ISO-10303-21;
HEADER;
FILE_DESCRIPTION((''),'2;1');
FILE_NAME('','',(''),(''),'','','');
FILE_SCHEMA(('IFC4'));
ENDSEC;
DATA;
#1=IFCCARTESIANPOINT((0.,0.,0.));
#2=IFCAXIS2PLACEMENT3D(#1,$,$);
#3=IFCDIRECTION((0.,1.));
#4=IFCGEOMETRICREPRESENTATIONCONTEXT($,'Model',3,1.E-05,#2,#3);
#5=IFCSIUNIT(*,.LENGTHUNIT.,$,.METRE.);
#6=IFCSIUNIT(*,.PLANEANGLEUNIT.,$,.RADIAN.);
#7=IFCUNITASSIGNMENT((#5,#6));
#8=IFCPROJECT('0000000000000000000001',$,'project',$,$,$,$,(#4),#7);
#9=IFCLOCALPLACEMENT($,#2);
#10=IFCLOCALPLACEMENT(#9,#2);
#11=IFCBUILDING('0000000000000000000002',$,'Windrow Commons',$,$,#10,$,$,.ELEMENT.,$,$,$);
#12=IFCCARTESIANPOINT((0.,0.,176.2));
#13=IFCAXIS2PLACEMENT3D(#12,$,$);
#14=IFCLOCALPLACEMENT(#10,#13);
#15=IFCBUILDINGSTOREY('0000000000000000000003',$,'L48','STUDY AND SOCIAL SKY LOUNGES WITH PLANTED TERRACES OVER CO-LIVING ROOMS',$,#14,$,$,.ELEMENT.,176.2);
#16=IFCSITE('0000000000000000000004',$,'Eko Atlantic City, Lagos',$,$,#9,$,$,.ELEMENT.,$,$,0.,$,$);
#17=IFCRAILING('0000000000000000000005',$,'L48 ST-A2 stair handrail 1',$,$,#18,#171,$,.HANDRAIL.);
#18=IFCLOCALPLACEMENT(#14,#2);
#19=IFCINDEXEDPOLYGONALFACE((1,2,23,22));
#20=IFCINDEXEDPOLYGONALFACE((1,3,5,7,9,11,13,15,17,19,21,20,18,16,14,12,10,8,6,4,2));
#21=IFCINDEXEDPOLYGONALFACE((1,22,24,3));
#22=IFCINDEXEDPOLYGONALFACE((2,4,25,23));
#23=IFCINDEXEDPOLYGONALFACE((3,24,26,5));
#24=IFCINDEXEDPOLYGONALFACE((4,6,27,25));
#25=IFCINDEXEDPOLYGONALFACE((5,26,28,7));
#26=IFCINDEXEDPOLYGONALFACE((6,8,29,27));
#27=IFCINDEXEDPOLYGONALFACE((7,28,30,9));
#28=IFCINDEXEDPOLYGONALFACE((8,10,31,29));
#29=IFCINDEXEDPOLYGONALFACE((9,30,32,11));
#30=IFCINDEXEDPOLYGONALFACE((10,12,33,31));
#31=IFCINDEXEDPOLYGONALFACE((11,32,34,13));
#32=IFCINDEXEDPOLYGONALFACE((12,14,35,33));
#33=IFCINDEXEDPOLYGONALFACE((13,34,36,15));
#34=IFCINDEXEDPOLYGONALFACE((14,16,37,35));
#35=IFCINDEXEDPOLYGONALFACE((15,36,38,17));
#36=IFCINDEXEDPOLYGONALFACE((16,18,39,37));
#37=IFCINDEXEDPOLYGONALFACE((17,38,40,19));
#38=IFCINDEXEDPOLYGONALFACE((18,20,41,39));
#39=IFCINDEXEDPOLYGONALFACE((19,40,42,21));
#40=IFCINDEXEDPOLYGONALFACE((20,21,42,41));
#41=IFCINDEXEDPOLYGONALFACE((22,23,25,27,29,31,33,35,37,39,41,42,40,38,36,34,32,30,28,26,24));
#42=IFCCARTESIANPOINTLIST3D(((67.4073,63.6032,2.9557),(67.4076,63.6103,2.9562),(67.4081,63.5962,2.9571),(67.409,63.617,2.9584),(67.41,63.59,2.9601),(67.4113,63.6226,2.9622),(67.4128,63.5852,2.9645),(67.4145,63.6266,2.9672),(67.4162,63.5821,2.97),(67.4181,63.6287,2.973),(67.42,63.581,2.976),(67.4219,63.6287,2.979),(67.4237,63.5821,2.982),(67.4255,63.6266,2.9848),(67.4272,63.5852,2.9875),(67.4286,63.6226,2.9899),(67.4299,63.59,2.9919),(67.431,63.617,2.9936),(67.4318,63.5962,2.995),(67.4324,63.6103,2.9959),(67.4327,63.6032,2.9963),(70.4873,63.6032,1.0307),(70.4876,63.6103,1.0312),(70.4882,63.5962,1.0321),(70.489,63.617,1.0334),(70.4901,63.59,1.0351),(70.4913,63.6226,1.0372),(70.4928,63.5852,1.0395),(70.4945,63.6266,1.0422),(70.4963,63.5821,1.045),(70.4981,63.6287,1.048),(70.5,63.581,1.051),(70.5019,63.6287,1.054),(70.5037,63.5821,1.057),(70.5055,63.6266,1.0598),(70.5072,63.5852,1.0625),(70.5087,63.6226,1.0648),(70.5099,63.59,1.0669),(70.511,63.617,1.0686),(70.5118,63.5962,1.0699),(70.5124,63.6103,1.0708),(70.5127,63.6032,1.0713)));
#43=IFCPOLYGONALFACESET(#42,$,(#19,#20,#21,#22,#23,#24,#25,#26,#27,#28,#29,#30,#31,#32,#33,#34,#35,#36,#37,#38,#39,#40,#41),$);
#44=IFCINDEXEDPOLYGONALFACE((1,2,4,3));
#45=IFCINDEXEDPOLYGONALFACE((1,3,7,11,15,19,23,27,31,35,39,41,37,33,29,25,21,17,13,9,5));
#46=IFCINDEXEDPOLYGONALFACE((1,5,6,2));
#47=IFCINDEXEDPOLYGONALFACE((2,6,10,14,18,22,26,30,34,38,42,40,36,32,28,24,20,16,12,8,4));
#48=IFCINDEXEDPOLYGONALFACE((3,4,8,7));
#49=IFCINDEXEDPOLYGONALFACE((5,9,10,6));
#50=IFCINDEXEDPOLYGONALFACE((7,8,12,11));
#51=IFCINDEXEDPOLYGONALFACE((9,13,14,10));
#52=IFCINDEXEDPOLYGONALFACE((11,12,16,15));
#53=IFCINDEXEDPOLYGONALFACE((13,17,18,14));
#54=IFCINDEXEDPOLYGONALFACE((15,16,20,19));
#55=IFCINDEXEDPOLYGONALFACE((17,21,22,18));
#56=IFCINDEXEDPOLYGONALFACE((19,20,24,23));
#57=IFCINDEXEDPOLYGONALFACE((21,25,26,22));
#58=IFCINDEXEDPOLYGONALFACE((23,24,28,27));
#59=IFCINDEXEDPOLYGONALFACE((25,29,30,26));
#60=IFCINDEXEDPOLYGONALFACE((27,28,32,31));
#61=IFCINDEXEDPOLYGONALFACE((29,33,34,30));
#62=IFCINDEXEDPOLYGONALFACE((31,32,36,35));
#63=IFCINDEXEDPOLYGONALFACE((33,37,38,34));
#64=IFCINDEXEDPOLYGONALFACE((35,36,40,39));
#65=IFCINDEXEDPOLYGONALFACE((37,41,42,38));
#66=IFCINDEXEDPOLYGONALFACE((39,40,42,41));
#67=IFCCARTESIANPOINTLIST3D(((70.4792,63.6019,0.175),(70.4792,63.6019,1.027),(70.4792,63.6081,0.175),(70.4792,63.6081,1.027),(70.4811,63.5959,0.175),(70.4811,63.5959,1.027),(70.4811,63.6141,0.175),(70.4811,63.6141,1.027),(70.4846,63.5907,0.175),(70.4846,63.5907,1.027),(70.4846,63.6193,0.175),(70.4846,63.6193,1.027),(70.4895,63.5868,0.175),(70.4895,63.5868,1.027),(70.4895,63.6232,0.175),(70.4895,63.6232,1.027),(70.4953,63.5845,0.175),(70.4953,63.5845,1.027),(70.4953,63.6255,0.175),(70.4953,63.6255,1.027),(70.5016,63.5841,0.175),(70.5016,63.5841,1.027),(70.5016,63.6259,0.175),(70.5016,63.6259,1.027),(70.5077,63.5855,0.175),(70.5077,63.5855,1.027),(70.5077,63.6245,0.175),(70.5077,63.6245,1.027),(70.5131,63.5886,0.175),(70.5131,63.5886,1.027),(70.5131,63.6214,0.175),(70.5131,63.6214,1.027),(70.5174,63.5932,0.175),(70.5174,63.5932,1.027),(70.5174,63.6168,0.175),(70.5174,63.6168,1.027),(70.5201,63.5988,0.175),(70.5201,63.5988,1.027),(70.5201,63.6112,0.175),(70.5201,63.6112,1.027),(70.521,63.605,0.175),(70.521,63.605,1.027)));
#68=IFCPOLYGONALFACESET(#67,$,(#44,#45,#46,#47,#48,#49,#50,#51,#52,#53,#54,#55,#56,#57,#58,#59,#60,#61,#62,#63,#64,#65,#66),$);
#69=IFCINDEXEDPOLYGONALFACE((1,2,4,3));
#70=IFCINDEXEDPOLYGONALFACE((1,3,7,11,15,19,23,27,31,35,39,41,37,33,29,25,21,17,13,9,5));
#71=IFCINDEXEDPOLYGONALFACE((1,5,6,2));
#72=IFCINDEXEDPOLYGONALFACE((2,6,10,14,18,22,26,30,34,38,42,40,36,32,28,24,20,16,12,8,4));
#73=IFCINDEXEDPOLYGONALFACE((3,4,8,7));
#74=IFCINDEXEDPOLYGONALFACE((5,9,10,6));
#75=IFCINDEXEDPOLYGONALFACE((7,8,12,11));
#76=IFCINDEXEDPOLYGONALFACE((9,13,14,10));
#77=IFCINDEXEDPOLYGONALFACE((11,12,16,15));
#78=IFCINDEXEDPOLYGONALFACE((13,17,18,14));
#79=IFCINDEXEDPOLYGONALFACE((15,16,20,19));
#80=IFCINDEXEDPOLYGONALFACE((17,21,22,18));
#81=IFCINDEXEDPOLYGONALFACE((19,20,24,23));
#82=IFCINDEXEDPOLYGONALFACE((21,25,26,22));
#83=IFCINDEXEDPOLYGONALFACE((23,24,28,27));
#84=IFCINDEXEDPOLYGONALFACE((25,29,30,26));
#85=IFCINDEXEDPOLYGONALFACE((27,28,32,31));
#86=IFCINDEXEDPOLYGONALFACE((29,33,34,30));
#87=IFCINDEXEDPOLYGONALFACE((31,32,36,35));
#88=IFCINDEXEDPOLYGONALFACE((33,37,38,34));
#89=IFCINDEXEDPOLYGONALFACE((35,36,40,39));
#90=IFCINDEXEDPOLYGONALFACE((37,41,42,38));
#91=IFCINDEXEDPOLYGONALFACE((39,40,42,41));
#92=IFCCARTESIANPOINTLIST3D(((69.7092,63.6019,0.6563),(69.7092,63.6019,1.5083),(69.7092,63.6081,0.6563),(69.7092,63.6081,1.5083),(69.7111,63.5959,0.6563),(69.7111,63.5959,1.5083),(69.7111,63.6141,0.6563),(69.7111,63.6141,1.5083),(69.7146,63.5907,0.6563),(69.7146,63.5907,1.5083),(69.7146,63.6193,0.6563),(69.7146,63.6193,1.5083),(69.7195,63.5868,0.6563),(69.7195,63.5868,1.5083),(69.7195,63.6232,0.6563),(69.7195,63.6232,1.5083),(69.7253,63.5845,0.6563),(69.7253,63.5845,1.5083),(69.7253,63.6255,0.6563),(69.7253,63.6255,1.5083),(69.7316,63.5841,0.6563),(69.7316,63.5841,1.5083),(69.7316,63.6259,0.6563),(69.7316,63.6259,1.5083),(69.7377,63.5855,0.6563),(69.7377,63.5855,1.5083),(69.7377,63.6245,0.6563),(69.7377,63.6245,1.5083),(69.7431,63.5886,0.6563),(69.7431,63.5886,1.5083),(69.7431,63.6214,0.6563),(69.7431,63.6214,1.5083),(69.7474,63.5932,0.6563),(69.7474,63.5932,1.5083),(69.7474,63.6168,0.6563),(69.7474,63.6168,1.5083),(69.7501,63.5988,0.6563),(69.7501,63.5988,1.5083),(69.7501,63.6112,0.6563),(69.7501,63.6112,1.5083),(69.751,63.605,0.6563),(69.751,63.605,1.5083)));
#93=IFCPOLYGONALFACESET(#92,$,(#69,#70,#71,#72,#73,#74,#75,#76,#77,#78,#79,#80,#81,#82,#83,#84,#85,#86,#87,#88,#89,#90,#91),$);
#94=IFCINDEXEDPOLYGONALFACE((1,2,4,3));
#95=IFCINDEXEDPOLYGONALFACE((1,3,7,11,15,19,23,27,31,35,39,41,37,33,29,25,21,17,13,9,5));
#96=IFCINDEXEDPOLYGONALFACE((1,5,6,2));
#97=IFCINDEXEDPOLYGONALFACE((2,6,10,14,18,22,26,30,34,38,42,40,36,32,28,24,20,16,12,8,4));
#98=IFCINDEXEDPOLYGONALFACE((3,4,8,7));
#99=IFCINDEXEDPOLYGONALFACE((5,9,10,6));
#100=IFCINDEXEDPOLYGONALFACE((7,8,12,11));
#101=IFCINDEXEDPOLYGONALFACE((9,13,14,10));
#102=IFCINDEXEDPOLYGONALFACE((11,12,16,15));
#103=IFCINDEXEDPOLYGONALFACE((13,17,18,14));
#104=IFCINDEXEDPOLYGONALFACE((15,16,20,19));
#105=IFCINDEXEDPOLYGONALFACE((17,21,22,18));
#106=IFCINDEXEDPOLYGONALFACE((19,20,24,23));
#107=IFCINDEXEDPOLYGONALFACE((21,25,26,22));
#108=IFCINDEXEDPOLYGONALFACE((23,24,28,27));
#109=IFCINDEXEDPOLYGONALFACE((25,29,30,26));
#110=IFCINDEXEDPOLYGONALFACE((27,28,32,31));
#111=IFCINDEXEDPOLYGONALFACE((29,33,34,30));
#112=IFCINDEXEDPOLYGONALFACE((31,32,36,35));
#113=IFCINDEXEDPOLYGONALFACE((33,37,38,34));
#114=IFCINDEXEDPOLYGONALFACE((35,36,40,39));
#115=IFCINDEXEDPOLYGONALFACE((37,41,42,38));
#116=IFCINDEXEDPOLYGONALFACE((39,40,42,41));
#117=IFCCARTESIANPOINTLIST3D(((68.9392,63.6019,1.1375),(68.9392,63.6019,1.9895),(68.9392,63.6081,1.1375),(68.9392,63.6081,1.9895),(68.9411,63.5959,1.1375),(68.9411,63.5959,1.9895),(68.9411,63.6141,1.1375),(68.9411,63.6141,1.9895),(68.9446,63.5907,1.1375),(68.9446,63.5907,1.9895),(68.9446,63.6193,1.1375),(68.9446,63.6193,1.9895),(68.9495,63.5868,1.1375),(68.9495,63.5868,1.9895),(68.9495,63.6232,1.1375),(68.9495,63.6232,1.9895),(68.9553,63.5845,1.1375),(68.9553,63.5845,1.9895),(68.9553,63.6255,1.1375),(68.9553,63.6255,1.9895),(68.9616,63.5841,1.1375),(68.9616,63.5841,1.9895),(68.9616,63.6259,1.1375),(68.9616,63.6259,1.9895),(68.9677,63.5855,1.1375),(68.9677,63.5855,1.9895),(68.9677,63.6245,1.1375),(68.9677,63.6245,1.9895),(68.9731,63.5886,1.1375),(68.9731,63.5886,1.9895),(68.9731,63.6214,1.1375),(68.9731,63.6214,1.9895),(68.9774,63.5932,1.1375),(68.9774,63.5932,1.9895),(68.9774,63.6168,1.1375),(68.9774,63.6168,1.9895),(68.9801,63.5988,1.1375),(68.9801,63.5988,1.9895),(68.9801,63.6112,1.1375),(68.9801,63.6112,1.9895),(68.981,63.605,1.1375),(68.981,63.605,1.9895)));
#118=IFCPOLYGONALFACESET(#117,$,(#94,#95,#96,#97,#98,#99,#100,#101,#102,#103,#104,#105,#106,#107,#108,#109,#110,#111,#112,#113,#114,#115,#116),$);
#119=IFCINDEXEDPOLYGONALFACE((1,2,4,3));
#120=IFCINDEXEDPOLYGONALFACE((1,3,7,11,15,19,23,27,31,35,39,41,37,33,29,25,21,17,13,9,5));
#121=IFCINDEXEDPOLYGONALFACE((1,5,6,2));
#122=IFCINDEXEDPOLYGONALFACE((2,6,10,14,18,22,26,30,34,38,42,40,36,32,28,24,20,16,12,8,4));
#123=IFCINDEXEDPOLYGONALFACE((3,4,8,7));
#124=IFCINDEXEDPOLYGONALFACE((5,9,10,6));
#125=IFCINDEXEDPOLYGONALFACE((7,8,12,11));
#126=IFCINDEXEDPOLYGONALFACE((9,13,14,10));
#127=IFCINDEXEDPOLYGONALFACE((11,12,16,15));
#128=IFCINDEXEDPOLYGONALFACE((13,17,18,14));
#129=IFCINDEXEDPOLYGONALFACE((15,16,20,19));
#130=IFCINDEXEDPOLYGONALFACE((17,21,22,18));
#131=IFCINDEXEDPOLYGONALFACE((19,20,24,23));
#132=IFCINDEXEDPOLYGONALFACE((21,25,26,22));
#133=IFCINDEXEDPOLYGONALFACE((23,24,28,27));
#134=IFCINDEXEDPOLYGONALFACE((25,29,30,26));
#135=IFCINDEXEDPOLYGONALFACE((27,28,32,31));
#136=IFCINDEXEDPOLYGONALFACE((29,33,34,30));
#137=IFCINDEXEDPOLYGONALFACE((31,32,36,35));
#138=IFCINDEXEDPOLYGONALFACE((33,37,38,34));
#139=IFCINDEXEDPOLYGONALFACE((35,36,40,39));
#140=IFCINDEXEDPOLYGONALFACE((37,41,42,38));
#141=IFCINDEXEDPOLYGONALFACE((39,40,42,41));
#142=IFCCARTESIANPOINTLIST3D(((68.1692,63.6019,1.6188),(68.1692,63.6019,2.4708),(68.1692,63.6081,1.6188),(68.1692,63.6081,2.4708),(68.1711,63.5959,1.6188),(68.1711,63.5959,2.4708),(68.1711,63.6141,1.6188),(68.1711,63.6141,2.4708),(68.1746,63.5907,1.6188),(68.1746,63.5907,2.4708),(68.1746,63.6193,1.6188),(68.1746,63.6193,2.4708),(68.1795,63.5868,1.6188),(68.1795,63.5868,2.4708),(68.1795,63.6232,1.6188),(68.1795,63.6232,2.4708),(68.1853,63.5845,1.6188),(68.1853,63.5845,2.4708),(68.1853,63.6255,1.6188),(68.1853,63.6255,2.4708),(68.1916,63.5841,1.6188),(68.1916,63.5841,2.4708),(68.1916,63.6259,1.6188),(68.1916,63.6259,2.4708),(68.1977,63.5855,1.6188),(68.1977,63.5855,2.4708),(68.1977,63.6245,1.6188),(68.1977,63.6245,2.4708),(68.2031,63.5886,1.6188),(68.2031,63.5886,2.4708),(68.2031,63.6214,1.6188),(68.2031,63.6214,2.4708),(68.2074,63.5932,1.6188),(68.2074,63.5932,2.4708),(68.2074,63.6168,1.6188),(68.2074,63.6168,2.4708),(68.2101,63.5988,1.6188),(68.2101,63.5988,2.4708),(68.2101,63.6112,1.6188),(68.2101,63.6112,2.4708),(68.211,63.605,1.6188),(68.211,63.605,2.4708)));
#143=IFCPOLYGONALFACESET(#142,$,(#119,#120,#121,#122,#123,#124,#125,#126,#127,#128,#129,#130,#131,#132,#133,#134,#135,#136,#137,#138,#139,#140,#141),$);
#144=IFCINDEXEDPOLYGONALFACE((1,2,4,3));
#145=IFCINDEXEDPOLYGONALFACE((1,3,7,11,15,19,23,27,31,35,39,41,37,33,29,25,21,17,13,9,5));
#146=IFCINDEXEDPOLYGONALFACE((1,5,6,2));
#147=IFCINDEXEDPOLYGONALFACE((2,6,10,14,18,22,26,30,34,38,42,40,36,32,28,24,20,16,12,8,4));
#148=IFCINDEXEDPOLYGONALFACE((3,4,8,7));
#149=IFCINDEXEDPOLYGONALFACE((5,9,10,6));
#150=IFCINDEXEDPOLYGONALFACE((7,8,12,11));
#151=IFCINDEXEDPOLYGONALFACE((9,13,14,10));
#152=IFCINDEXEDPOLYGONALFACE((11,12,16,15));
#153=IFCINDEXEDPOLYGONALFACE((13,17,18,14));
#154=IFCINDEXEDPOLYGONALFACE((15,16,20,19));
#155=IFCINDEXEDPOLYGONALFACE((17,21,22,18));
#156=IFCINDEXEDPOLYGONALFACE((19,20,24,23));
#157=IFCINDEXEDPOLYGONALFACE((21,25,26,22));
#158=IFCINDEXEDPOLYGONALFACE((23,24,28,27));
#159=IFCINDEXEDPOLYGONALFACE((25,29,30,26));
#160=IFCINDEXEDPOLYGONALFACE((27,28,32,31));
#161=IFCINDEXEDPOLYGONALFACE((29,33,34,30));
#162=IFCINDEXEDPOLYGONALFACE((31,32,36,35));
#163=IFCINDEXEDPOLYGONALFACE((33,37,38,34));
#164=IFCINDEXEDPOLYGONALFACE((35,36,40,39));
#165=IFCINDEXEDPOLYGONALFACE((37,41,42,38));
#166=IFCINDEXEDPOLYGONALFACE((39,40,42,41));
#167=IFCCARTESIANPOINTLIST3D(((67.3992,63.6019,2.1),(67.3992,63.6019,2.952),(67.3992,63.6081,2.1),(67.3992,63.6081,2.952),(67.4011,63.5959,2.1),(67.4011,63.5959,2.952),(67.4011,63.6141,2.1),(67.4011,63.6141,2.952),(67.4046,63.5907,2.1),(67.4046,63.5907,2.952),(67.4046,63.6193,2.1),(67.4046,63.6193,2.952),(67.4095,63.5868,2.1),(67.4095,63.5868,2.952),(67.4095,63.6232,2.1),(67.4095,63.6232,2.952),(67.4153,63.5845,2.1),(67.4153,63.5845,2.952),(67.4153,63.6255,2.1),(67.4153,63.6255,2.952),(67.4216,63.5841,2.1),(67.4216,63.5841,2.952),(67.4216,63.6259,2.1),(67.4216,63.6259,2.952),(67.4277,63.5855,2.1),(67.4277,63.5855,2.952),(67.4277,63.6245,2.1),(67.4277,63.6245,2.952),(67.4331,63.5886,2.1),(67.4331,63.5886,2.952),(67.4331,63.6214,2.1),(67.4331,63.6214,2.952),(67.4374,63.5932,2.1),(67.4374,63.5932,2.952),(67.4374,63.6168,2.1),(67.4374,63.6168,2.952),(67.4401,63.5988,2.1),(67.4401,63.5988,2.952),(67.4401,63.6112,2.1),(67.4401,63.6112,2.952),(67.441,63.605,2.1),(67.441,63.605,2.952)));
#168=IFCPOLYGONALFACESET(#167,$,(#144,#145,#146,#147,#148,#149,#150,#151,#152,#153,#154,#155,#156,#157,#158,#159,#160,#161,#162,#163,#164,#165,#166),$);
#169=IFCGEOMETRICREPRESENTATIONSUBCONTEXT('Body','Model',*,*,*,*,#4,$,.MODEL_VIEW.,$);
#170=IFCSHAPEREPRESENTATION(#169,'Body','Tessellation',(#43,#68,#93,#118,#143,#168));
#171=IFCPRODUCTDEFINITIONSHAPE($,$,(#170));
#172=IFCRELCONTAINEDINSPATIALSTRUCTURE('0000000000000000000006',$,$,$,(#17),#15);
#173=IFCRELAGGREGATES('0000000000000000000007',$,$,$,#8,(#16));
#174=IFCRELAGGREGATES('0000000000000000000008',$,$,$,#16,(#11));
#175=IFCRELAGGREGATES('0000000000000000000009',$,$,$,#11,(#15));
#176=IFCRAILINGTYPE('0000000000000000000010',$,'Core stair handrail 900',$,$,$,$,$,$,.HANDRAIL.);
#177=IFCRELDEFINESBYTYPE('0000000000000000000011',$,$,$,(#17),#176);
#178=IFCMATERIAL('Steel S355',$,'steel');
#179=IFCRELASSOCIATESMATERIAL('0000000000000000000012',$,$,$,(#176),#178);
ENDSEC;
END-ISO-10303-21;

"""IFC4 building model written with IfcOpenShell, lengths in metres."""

from ifc_helpers import new_model, si_unit, direction, frame, origin, origin_2d, place, context, subcontext, project, spatial, circle, extrude, material, type_object, element, save


model = new_model("IFC4")

# Units and contexts
model_context = context("Model", 3, precision=1e-05, world=origin(), true_north=direction((0.0, 1.0)))
body_context = subcontext(model_context, "Body", "Model", "MODEL_VIEW")
ifc_project = project(units=[si_unit("LENGTHUNIT", "METRE"), si_unit("PLANEANGLEUNIT", "RADIAN")], contexts=[model_context])

# Site, building, storey
site_placement = place(None, origin())
site = spatial("IfcSite", under=ifc_project, at=site_placement, Name="Eko Atlantic City, Lagos", CompositionType="ELEMENT", RefElevation=0.0)
building_placement = place(site_placement, origin())
building = spatial("IfcBuilding", under=site, at=building_placement, Name="Windrow Commons", CompositionType="ELEMENT")
storey_placement = place(building_placement, frame((0.0, 0.0, 176.2)))
storey = spatial("IfcBuildingStorey", under=building, at=storey_placement, Name="L48", Description="STUDY AND SOCIAL SKY LOUNGES WITH PLANTED TERRACES OVER CO-LIVING ROOMS", CompositionType="ELEMENT", Elevation=176.2)

# Railing
ifc_material_1 = material(Name="Steel S355", Category="steel")
railing_type_1 = type_object("IfcRailingType", Name="Core stair handrail 900", PredefinedType="HANDRAIL", material=ifc_material_1)
railing_1_placement = place(storey_placement, frame((70.5, 63.605, 0.175)))
element("IfcRailing", 1, at=railing_1_placement, inside=storey, type_object=railing_type_1, Name="L48 ST-A2 stair handrail 1", PredefinedType="HANDRAIL", context=body_context, shape_type="SweptSolid", body=[
    extrude(circle(Radius=0.024, at=origin_2d()), frame((0.0, 0.0, 0.876), z_axis=(-0.847998, 0.0, 0.529999), x_axis=(0.0, -1.0, 0.0)), (0.0, 0.0, 1.0), 3.6321),
    extrude(circle(Radius=0.021, at=origin_2d()), origin(), (0.0, 0.0, 1.0), 0.852),
    extrude(circle(Radius=0.021, at=origin_2d()), frame((-0.77, 0.0, 0.4813)), (0.0, 0.0, 1.0), 0.852),
    extrude(circle(Radius=0.021, at=origin_2d()), frame((-1.54, 0.0, 0.9625)), (0.0, 0.0, 1.0), 0.852),
    extrude(circle(Radius=0.021, at=origin_2d()), frame((-2.31, 0.0, 1.4438)), (0.0, 0.0, 1.0), 0.852),
    extrude(circle(Radius=0.021, at=origin_2d()), frame((-3.08, 0.0, 1.925)), (0.0, 0.0, 1.0), 0.852),
])

save(model, "model.ifc")
